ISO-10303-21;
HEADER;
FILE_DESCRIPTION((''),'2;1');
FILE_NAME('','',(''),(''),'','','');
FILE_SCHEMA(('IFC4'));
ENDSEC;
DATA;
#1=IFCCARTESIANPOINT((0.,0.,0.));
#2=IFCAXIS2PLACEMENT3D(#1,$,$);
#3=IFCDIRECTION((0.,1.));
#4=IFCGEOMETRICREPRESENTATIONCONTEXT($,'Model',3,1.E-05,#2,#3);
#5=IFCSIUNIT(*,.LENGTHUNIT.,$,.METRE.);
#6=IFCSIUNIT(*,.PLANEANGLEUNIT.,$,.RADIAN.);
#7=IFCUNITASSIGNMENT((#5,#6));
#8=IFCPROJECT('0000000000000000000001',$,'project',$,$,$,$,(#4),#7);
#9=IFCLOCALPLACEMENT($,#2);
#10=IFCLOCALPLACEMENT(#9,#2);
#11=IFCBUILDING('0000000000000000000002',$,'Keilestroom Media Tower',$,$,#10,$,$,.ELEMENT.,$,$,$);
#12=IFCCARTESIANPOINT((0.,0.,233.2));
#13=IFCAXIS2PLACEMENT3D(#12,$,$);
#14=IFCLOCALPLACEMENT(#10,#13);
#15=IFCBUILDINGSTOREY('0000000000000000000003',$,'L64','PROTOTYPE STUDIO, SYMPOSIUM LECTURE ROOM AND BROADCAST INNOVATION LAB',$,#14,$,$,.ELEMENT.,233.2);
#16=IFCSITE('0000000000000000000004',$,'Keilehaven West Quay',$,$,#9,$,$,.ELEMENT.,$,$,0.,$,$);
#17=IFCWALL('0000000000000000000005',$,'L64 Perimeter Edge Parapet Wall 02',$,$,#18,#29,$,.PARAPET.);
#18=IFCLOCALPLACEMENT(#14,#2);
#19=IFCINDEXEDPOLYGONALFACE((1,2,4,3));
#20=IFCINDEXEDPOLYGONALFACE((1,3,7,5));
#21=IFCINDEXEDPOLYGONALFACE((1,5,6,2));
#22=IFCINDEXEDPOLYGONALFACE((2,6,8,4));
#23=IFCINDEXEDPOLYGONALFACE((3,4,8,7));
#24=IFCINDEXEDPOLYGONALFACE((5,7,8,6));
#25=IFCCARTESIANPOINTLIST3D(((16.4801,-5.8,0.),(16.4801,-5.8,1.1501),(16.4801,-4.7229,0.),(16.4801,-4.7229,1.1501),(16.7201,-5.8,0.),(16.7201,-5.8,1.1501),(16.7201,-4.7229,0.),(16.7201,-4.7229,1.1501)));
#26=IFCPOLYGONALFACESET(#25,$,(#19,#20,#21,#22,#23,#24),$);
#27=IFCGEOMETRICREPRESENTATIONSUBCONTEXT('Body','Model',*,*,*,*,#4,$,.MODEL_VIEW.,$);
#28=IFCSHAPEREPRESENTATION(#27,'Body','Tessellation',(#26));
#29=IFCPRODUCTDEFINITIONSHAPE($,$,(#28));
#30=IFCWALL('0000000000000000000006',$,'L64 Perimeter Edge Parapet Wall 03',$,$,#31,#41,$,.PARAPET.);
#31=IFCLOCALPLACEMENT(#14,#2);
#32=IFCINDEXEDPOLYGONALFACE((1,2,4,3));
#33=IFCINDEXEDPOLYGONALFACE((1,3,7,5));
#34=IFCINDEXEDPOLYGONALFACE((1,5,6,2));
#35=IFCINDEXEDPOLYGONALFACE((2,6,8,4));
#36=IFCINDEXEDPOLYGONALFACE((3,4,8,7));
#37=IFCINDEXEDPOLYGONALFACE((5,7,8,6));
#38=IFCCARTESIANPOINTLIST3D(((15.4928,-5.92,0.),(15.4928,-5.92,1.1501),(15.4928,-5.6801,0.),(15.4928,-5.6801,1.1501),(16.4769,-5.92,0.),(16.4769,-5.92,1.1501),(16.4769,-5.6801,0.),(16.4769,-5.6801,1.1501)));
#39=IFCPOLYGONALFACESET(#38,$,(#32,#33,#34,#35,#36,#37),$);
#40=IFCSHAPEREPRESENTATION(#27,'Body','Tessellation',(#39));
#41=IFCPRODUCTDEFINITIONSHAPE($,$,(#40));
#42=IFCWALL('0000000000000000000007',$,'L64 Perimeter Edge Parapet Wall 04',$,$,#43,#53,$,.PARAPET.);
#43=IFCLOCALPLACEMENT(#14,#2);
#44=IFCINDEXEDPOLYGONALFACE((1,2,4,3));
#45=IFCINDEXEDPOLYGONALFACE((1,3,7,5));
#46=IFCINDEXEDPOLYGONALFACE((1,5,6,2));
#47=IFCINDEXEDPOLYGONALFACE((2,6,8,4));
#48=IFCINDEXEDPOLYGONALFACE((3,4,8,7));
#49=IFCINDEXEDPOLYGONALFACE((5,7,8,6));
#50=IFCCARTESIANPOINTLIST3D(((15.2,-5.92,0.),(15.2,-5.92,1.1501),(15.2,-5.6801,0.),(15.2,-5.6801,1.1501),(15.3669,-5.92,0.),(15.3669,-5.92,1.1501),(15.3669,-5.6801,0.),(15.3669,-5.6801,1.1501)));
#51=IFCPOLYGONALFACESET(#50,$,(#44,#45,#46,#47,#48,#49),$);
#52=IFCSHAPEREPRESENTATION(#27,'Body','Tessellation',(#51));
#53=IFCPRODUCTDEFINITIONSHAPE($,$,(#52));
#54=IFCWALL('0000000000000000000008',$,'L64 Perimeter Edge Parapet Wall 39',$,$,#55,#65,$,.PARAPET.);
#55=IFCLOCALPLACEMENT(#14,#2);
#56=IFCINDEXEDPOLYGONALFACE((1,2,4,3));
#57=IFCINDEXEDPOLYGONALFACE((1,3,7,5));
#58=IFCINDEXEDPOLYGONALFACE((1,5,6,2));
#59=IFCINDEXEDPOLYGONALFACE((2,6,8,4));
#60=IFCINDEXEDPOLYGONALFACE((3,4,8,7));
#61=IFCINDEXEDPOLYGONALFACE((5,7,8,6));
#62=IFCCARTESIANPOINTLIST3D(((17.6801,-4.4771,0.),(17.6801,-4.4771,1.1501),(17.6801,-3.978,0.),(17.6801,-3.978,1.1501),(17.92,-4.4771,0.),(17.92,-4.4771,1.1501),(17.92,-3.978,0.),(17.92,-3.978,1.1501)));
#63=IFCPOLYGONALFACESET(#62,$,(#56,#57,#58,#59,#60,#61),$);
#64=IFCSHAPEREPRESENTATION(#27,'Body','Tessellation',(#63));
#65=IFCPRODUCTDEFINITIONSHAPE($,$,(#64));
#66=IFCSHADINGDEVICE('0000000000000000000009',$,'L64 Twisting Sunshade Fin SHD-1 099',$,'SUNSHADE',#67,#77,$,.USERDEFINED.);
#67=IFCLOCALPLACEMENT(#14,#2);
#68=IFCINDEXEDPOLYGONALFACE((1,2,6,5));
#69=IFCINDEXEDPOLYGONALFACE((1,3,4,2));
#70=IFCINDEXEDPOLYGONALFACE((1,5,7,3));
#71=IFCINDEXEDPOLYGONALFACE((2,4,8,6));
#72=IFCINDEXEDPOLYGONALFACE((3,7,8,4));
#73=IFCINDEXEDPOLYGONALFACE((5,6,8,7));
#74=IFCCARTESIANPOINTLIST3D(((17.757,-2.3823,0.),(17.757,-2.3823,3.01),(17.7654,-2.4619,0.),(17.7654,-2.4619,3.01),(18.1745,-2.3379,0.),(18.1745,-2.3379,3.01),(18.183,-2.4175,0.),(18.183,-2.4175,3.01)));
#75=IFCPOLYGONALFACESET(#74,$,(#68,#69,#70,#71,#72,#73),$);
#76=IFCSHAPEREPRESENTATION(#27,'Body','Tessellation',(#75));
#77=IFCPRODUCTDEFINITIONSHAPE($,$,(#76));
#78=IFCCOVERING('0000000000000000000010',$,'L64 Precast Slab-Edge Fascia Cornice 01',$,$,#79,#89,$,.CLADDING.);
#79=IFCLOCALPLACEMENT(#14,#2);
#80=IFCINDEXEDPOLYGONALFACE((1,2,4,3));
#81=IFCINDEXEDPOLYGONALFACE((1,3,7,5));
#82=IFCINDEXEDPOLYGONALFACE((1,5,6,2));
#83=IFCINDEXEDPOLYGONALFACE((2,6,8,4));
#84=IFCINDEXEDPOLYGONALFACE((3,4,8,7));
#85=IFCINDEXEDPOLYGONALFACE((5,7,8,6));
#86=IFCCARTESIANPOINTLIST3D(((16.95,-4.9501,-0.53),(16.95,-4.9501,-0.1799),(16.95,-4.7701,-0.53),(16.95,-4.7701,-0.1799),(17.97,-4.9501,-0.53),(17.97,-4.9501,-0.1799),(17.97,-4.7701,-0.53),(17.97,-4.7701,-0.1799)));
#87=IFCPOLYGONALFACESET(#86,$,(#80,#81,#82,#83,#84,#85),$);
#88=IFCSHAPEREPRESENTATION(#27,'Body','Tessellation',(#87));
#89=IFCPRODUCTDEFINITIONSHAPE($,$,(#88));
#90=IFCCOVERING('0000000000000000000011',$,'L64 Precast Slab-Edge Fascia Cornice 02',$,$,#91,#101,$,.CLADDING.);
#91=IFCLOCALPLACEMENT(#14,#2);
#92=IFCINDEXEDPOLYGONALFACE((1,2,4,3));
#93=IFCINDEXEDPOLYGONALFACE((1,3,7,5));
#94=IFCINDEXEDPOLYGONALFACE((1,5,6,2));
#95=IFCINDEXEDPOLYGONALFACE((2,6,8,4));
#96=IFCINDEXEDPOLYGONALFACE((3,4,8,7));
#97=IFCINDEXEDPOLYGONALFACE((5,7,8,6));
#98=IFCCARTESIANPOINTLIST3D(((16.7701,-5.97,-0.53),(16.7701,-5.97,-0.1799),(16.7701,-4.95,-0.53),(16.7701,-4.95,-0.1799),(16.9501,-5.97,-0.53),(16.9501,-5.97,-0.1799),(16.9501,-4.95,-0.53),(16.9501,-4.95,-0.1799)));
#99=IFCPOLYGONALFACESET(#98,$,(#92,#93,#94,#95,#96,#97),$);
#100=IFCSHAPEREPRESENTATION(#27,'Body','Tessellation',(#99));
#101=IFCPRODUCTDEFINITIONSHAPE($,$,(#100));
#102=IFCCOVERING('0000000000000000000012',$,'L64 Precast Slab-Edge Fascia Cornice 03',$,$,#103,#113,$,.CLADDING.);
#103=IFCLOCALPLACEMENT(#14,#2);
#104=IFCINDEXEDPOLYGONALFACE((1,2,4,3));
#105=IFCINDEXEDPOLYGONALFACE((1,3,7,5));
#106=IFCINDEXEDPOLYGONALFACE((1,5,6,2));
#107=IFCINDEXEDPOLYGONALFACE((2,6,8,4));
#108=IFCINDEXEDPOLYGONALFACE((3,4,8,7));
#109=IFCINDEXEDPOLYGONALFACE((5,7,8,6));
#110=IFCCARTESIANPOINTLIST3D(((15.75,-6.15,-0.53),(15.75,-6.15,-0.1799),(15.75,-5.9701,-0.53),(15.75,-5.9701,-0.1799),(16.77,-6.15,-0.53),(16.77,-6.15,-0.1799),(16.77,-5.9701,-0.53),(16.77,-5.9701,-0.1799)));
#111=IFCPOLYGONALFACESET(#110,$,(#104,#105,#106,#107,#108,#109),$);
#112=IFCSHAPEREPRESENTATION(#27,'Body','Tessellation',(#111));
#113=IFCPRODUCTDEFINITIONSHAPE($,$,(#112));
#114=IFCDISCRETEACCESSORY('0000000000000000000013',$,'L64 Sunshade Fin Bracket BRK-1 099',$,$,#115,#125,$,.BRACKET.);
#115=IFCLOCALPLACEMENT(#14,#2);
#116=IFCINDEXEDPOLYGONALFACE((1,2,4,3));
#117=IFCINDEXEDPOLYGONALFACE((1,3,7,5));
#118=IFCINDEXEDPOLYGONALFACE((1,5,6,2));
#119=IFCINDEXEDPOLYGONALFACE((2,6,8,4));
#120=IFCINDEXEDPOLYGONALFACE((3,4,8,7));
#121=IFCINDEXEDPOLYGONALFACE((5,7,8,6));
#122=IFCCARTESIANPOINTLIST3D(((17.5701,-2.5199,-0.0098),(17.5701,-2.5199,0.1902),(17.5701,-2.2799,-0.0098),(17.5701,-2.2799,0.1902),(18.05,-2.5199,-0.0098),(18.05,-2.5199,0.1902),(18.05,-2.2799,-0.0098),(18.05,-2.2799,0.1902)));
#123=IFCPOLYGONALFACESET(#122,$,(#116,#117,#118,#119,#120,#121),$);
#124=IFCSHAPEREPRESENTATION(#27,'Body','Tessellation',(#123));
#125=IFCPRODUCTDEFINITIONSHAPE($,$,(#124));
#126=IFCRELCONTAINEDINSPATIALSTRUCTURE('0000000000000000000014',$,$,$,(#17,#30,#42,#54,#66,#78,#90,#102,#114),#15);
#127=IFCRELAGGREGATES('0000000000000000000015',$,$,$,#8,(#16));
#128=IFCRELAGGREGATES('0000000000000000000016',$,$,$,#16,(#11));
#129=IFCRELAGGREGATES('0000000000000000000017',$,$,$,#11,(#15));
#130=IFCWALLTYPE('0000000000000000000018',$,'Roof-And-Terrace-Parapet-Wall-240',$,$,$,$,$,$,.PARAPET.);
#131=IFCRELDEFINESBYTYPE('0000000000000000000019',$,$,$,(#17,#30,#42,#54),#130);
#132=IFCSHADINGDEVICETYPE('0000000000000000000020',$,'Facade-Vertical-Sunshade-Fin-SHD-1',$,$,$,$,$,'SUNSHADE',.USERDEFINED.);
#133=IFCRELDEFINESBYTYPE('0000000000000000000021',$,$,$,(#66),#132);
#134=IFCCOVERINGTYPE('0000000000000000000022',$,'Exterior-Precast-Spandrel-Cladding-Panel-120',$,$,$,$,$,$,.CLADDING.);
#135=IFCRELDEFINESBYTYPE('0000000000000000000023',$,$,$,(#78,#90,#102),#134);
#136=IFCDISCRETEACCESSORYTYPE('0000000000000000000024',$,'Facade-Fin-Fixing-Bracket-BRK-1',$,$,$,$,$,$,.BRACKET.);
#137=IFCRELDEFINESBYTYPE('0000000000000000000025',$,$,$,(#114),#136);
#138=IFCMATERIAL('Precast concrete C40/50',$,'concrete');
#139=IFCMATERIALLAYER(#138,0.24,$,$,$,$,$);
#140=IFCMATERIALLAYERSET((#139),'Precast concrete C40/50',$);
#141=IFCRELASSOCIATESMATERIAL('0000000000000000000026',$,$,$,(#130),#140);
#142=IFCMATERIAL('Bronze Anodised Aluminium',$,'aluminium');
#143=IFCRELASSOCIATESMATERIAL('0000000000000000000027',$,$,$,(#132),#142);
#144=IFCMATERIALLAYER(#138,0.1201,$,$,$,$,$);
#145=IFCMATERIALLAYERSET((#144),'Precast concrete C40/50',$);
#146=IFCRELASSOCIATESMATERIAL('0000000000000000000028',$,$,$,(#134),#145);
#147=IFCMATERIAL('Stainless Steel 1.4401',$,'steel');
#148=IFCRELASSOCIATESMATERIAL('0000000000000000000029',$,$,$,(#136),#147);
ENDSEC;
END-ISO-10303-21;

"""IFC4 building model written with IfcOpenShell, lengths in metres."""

from ifc_helpers import new_model, si_unit, direction, frame, frame_2d, origin, origin_2d, place, context, subcontext, project, spatial, rectangle, extrude, source, transform, mapped, material, layer, layer_set, type_object, element, save


model = new_model("IFC4")

# Units and contexts
model_context = context("Model", 3, precision=1e-05, world=origin(), true_north=direction((0.0, 1.0)))
body_context = subcontext(model_context, "Body", "Model", "MODEL_VIEW")
ifc_project = project(units=[si_unit("LENGTHUNIT", "METRE"), si_unit("PLANEANGLEUNIT", "RADIAN")], contexts=[model_context])

# Site, building, storey
site_placement = place(None, origin())
site = spatial("IfcSite", under=ifc_project, at=site_placement, Name="Keilehaven West Quay", CompositionType="ELEMENT", RefElevation=0.0)
building_placement = place(site_placement, origin())
building = spatial("IfcBuilding", under=site, at=building_placement, Name="Keilestroom Media Tower", CompositionType="ELEMENT")
storey_placement = place(building_placement, frame((0.0, 0.0, 233.2)))
storey = spatial("IfcBuildingStorey", under=building, at=storey_placement, Name="L64", Description="PROTOTYPE STUDIO, SYMPOSIUM LECTURE ROOM AND BROADCAST INNOVATION LAB", CompositionType="ELEMENT", Elevation=233.2)

# Shared definitions
ifc_material_1 = material(Name="Precast concrete C40/50", Category="concrete")

# Walls
ifc_layer_1 = layer(ifc_material_1, 0.24)
ifc_layer_set_1 = layer_set([ifc_layer_1], Name="Precast concrete C40/50")
wall_type = type_object("IfcWallType", Name="Roof-And-Terrace-Parapet-Wall-240", PredefinedType="PARAPET", material=ifc_layer_set_1)
wall_1_placement = place(storey_placement, frame((16.6001, -4.7229, 0.0), z_axis=(0.0, 0.0, 1.0), x_axis=(0.0, -1.0, 0.0)))
element("IfcWall", 1, at=wall_1_placement, inside=storey, type_object=wall_type, Name="L64 Perimeter Edge Parapet Wall 02", PredefinedType="PARAPET", context=body_context, shape_type="SweptSolid", body=[
    extrude(rectangle(XDim=1.0771, YDim=0.24, at=frame_2d((0.5386, 0.0))), origin(), (0.0, 0.0, 1.0), 1.1501),
])
wall_2_placement = place(storey_placement, frame((16.4771, -5.8, 0.0), z_axis=(0.0, 0.0, 1.0), x_axis=(-1.0, 0.0, 0.0)))
element("IfcWall", 2, at=wall_2_placement, inside=storey, type_object=wall_type, Name="L64 Perimeter Edge Parapet Wall 03", PredefinedType="PARAPET", context=body_context, shape_type="SweptSolid", body=[
    extrude(rectangle(XDim=0.9841, YDim=0.24, at=frame_2d((0.4922, 0.0))), origin(), (0.0, 0.0, 1.0), 1.1501),
])
wall_3_placement = place(storey_placement, frame((15.3669, -5.8, 0.0), z_axis=(0.0, 0.0, 1.0), x_axis=(-1.0, 0.0, 0.0)))
element("IfcWall", 3, at=wall_3_placement, inside=storey, type_object=wall_type, Name="L64 Perimeter Edge Parapet Wall 04", PredefinedType="PARAPET", context=body_context, shape_type="SweptSolid", body=[
    extrude(rectangle(XDim=0.167, YDim=0.24, at=frame_2d((0.0835, 0.0))), origin(), (0.0, 0.0, 1.0), 1.1501),
])
wall_4_placement = place(storey_placement, frame((17.8, -3.978, 0.0), z_axis=(0.0, 0.0, 1.0), x_axis=(0.0, -1.0, 0.0)))
element("IfcWall", 4, at=wall_4_placement, inside=storey, type_object=wall_type, Name="L64 Perimeter Edge Parapet Wall 39", PredefinedType="PARAPET", context=body_context, shape_type="SweptSolid", body=[
    extrude(rectangle(XDim=0.499, YDim=0.24, at=frame_2d((0.2495, 0.0))), origin(), (0.0, 0.0, 1.0), 1.1501),
])

# Shading device
ifc_material_2 = material(Name="Bronze Anodised Aluminium", Category="aluminium")
shading_device_type = type_object("IfcShadingDeviceType", Name="Facade-Vertical-Sunshade-Fin-SHD-1", ElementType="SUNSHADE", PredefinedType="USERDEFINED", material=ifc_material_2)
shared_shape_1 = source(origin(), body_context, "Body", "SweptSolid", [
    extrude(rectangle(XDim=0.4199, YDim=0.0801, at=origin_2d()), origin(), (0.0, 0.0, 1.0), 3.01),
])
shading_device_placement = place(storey_placement, frame((17.97, -2.3999, 0.0), z_axis=(0.0, 0.0, 1.0), x_axis=(0.994393, 0.105743, 0.0)))
element("IfcShadingDevice", 5, at=shading_device_placement, inside=storey, type_object=shading_device_type, Name="L64 Twisting Sunshade Fin SHD-1 099", ObjectType="SUNSHADE", PredefinedType="USERDEFINED", context=body_context, shape_type="MappedRepresentation", body=[
    mapped(shared_shape_1, transform((0.0, 0.0, 0.0), x_axis=(1.0, 0.0, 0.0), y_axis=(0.0, 1.0, 0.0), z_axis=(0.0, 0.0, 1.0), scale=1.0)),
])

# Coverings
ifc_layer_2 = layer(ifc_material_1, 0.1201)
ifc_layer_set_2 = layer_set([ifc_layer_2], Name="Precast concrete C40/50")
covering_type = type_object("IfcCoveringType", Name="Exterior-Precast-Spandrel-Cladding-Panel-120", PredefinedType="CLADDING", material=ifc_layer_set_2)
shared_shape_2 = source(origin(), body_context, "Body", "SweptSolid", [
    extrude(rectangle(XDim=1.02, YDim=0.1799, at=origin_2d()), origin(), (0.0, 0.0, 1.0), 0.3501),
])
for number, where, z_axis, x_axis, name in (
    (6, (17.46, -4.8601, -0.53), (0.0, 0.0, 1.0), (-1.0, 0.0, 0.0), "L64 Precast Slab-Edge Fascia Cornice 01"),
    (7, (16.8601, -5.46, -0.53), (0.0, 0.0, 1.0), (0.0, -1.0, 0.0), "L64 Precast Slab-Edge Fascia Cornice 02"),
    (8, (16.26, -6.0601, -0.53), (0.0, 0.0, 1.0), (-1.0, 0.0, 0.0), "L64 Precast Slab-Edge Fascia Cornice 03"),
):
    element("IfcCovering", number, at=place(storey_placement, frame(where, z_axis=z_axis, x_axis=x_axis)), inside=storey, type_object=covering_type, Name=name, PredefinedType="CLADDING", context=body_context, shape_type="MappedRepresentation", body=[
        mapped(shared_shape_2, transform((0.0, 0.0, 0.0), x_axis=(1.0, 0.0, 0.0), y_axis=(0.0, 1.0, 0.0), z_axis=(0.0, 0.0, 1.0), scale=1.0)),
    ])

# Discrete accessory
ifc_material_3 = material(Name="Stainless Steel 1.4401", Category="steel")
discrete_accessory_type = type_object("IfcDiscreteAccessoryType", Name="Facade-Fin-Fixing-Bracket-BRK-1", PredefinedType="BRACKET", material=ifc_material_3)
shared_shape_3 = source(origin(), body_context, "Body", "SweptSolid", [
    extrude(rectangle(XDim=0.48, YDim=0.24, at=origin_2d()), origin(), (0.0, 0.0, 1.0), 0.2),
])
discrete_accessory_placement = place(storey_placement, frame((17.8101, -2.3999, -0.0098), z_axis=(0.0, 0.0, 1.0), x_axis=(1.0, 0.0, 0.0)))
element("IfcDiscreteAccessory", 9, at=discrete_accessory_placement, inside=storey, type_object=discrete_accessory_type, Name="L64 Sunshade Fin Bracket BRK-1 099", PredefinedType="BRACKET", context=body_context, shape_type="MappedRepresentation", body=[
    mapped(shared_shape_3, transform((0.0, 0.0, 0.0), x_axis=(1.0, 0.0, 0.0), y_axis=(0.0, 1.0, 0.0), z_axis=(0.0, 0.0, 1.0), scale=1.0)),
])

save(model, "model.ifc")
